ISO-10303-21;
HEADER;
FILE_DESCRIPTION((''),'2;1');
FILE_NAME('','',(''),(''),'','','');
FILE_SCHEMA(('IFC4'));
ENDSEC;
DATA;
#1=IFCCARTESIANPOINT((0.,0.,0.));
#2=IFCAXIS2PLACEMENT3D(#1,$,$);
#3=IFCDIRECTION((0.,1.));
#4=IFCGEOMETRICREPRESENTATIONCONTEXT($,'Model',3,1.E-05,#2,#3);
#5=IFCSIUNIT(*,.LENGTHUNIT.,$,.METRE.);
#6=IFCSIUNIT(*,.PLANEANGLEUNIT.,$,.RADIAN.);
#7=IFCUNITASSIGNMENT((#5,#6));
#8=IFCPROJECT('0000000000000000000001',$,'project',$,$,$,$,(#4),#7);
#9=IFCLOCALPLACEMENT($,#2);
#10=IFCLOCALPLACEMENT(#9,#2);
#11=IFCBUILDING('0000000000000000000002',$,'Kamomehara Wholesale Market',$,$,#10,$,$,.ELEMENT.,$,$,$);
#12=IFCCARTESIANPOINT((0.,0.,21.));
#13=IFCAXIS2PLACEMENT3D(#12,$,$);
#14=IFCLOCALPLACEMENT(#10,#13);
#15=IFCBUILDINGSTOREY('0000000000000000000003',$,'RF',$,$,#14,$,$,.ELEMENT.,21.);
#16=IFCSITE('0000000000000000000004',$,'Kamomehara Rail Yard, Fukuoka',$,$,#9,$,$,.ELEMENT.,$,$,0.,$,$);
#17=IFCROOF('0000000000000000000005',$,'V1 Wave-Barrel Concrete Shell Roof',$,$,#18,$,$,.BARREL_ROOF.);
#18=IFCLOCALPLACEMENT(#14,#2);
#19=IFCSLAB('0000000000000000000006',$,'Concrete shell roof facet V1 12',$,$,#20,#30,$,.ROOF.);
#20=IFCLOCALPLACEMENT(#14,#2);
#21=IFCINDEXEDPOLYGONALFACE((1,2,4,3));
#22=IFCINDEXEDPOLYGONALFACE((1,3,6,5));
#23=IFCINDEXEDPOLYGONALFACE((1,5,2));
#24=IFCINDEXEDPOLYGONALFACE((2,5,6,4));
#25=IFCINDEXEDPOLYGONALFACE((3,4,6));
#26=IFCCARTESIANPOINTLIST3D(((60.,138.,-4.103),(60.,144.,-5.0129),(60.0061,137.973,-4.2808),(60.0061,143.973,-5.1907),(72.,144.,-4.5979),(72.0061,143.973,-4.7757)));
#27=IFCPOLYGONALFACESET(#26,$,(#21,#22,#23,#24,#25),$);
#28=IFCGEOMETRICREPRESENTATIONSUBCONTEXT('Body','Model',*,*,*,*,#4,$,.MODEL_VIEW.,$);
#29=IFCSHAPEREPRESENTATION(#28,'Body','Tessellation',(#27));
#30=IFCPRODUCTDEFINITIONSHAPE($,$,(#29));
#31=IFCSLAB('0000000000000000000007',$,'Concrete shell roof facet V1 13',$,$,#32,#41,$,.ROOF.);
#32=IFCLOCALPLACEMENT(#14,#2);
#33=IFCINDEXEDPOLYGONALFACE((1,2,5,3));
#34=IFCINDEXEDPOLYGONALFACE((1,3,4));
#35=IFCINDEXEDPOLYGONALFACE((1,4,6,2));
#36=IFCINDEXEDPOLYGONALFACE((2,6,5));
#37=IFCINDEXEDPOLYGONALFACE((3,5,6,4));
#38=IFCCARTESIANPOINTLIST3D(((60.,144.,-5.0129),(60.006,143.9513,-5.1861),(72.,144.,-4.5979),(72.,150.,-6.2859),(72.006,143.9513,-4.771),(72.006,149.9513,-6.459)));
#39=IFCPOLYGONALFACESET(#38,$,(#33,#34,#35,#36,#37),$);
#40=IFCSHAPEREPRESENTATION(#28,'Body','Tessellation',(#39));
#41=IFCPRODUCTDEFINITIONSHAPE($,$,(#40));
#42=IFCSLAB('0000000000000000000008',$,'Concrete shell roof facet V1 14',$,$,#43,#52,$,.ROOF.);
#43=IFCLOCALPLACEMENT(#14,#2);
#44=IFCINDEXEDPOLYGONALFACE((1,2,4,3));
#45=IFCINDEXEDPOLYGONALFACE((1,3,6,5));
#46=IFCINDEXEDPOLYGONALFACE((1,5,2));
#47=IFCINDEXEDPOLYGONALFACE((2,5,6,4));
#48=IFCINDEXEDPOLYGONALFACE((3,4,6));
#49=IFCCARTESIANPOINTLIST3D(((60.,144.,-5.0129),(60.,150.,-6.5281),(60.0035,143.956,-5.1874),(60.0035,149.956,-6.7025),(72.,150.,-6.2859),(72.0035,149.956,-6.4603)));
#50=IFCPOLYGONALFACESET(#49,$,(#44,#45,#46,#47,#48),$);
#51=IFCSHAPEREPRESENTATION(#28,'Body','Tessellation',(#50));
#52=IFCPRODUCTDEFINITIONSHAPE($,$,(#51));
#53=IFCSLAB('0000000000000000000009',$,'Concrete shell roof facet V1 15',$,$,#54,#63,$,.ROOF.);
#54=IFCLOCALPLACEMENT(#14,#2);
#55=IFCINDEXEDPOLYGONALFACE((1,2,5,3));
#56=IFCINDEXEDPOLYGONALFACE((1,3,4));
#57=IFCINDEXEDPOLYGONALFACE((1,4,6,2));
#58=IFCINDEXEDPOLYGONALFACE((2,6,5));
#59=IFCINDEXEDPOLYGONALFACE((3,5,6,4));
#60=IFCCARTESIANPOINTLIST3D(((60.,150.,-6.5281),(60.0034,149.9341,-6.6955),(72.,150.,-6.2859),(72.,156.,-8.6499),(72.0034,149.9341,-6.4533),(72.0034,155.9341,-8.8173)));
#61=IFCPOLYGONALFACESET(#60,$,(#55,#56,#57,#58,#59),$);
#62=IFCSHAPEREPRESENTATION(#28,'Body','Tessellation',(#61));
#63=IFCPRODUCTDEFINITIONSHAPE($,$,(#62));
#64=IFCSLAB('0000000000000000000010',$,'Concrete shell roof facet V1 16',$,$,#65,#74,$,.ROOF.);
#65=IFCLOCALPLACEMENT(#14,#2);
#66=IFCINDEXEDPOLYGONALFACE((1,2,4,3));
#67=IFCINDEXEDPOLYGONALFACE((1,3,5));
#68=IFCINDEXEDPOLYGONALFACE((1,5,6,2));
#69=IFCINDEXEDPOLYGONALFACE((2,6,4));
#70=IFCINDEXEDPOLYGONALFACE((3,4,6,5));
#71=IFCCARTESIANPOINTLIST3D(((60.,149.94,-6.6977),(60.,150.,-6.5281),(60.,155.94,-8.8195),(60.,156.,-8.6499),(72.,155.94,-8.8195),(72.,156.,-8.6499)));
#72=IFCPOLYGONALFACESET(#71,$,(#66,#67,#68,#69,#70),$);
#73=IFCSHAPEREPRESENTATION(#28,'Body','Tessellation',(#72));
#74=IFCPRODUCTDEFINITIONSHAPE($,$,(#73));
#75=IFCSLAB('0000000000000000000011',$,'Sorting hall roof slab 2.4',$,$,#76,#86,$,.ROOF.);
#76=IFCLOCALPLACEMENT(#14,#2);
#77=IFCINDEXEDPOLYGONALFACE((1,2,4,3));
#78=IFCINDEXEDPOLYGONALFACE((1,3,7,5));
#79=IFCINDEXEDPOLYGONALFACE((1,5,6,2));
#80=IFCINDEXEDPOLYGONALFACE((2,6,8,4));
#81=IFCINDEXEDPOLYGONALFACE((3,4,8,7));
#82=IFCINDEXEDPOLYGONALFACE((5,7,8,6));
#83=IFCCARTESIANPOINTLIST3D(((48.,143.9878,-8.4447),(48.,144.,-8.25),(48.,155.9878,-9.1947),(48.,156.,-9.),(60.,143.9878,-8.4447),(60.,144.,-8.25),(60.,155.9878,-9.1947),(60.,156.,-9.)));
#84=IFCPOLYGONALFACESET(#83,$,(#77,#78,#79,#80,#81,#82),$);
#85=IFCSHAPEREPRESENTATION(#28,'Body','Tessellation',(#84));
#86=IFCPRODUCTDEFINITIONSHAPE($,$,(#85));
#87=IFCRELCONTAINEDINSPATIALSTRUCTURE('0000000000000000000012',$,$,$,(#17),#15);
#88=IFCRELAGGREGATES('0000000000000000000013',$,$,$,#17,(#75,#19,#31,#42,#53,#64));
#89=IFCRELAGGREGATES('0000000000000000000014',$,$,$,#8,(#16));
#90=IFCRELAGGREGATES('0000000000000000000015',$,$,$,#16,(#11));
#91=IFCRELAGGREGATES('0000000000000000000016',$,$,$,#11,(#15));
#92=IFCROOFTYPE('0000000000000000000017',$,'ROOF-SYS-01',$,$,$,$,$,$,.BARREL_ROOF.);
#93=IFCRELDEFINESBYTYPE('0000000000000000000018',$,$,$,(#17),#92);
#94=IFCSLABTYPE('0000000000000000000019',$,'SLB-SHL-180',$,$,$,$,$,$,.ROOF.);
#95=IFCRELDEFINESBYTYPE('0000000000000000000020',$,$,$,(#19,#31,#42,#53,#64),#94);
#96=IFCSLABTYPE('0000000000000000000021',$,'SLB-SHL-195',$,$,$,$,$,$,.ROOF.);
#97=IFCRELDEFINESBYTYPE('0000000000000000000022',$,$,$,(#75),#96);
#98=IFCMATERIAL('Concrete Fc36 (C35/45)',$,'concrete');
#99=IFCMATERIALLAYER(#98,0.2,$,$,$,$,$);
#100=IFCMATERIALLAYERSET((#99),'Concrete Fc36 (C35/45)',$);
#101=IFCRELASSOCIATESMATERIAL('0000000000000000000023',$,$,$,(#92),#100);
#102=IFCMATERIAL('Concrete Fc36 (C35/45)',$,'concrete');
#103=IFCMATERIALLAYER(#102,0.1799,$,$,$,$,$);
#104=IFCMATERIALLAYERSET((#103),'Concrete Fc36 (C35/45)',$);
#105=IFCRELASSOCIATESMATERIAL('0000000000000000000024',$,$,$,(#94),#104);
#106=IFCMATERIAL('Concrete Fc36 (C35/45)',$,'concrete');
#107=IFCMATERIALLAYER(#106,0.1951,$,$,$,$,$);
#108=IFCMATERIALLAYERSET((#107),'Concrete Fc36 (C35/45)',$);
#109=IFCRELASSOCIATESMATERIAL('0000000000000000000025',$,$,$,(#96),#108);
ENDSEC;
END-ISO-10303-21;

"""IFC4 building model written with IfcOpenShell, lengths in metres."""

from ifc_helpers import new_model, si_unit, direction, frame, origin, place, context, subcontext, project, spatial, polyline, outline, extrude, material, layer, layer_set, type_object, element, aggregate, save


model = new_model("IFC4")

# Units and contexts
model_context = context("Model", 3, precision=1e-05, world=origin(), true_north=direction((0.0, 1.0)))
body_context = subcontext(model_context, "Body", "Model", "MODEL_VIEW")
ifc_project = project(units=[si_unit("LENGTHUNIT", "METRE"), si_unit("PLANEANGLEUNIT", "RADIAN")], contexts=[model_context])

# Site, building, storey
site_placement = place(None, origin())
site = spatial("IfcSite", under=ifc_project, at=site_placement, Name="Kamomehara Rail Yard, Fukuoka", CompositionType="ELEMENT", RefElevation=0.0)
building_placement = place(site_placement, origin())
building = spatial("IfcBuilding", under=site, at=building_placement, Name="Kamomehara Wholesale Market", CompositionType="ELEMENT")
storey_placement = place(building_placement, frame((0.0, 0.0, 21.0)))
storey = spatial("IfcBuildingStorey", under=building, at=storey_placement, Name="RF", CompositionType="ELEMENT", Elevation=21.0)

# Roof, slabs
ifc_material_1 = material(Name="Concrete Fc36 (C35/45)", Category="concrete")
ifc_layer_1 = layer(ifc_material_1, 0.2)
ifc_layer_set_1 = layer_set([ifc_layer_1], Name="Concrete Fc36 (C35/45)")
roof_type_1 = type_object("IfcRoofType", Name="ROOF-SYS-01", PredefinedType="BARREL_ROOF", material=ifc_layer_set_1)
roof_1_placement = place(storey_placement, origin())
roof_1 = element("IfcRoof", 1, at=roof_1_placement, inside=storey, type_object=roof_type_1, Name="V1 Wave-Barrel Concrete Shell Roof", PredefinedType="BARREL_ROOF")
ifc_material_2 = material(Name="Concrete Fc36 (C35/45)", Category="concrete")
ifc_layer_2 = layer(ifc_material_2, 0.1799)
ifc_layer_set_2 = layer_set([ifc_layer_2], Name="Concrete Fc36 (C35/45)")
slab_type_1 = type_object("IfcSlabType", Name="SLB-SHL-180", PredefinedType="ROOF", material=ifc_layer_set_2)
slab_1_placement = place(storey_placement, frame((60.0, 138.0, -4.103), z_axis=(-0.034176, 0.14985, 0.988118), x_axis=(0.893819, 0.44691, -0.036861)))
slab_1 = element("IfcSlab", 2, at=slab_1_placement, type_object=slab_type_1, Name="Concrete shell roof facet V1 12", PredefinedType="ROOF", context=body_context, shape_type="SweptSolid", body=[
    extrude(outline(polyline([(0.0, 0.0), (13.4255, 0.0), (2.715, 5.4274), (0.0, 0.0)])), origin(), (0.0, 0.0, -1.0), 0.1799),
])
slab_2_placement = place(storey_placement, frame((60.0, 144.0, -5.0129), z_axis=(-0.033276, 0.270668, 0.962097), x_axis=(0.999402, 0.0, 0.034566)))
slab_2 = element("IfcSlab", 3, at=slab_2_placement, type_object=slab_type_1, Name="Concrete shell roof facet V1 13", PredefinedType="ROOF", context=body_context, shape_type="SweptSolid", body=[
    extrude(outline(polyline([(0.0, 0.0), (12.0072, 0.0), (11.9488, 6.2326), (0.0, 0.0)])), origin(), (0.0, 0.0, -1.0), 0.1799),
])
slab_3_placement = place(storey_placement, frame((60.0, 144.0, -5.0129), z_axis=(-0.019564, 0.24479, 0.969379), x_axis=(0.890428, 0.445214, -0.094456)))
slab_3 = element("IfcSlab", 4, at=slab_3_placement, type_object=slab_type_1, Name="Concrete shell roof facet V1 14", PredefinedType="ROOF", context=body_context, shape_type="SweptSolid", body=[
    extrude(outline(polyline([(0.0, 0.0), (13.4767, 0.0), (2.8144, 5.5113), (0.0, 0.0)])), origin(), (0.0, 0.0, -1.0), 0.1799),
])
slab_4_placement = place(storey_placement, frame((60.0, 150.0, -6.5281), z_axis=(-0.018774, 0.366511, 0.930224), x_axis=(0.999796, 0.0, 0.020178)))
slab_4 = element("IfcSlab", 5, at=slab_4_placement, type_object=slab_type_1, Name="Concrete shell roof facet V1 15", PredefinedType="ROOF", context=body_context, shape_type="SweptSolid", body=[
    extrude(outline(polyline([(0.0, 0.0), (12.0024, 0.0), (11.9547, 6.4487), (0.0, 0.0)])), origin(), (0.0, 0.0, -1.0), 0.1799),
])
slab_5_placement = place(storey_placement, frame((60.0, 150.0, -6.5281), z_axis=(0.0, 0.333404, 0.942784), x_axis=(0.883447, 0.441724, -0.15621)))
slab_5 = element("IfcSlab", 6, at=slab_5_placement, type_object=slab_type_1, Name="Concrete shell roof facet V1 16", PredefinedType="ROOF", context=body_context, shape_type="SweptSolid", body=[
    extrude(outline(polyline([(0.0, 0.0), (13.5832, 0.0), (2.9818, 5.6224), (0.0, 0.0)])), origin(), (0.0, 0.0, -1.0), 0.1799),
])
ifc_material_3 = material(Name="Concrete Fc36 (C35/45)", Category="concrete")
ifc_layer_3 = layer(ifc_material_3, 0.1951)
ifc_layer_set_3 = layer_set([ifc_layer_3], Name="Concrete Fc36 (C35/45)")
slab_type_2 = type_object("IfcSlabType", Name="SLB-SHL-195", PredefinedType="ROOF", material=ifc_layer_set_3)
slab_6_placement = place(storey_placement, frame((48.0, 144.0, -8.25), z_axis=(0.0, 0.062378, 0.998053), x_axis=(1.0, 0.0, 0.0)))
slab_6 = element("IfcSlab", 7, at=slab_6_placement, type_object=slab_type_2, Name="Sorting hall roof slab 2.4", PredefinedType="ROOF", context=body_context, shape_type="SweptSolid", body=[
    extrude(outline(polyline([(0.0, 0.0), (12.0, 0.0), (12.0, 12.0234), (0.0, 12.0234), (0.0, 0.0)])), origin(), (0.0, 0.0, -1.0), 0.1951),
])
aggregate(roof_1, [slab_6, slab_1, slab_2, slab_3, slab_4, slab_5])

save(model, "model.ifc")
